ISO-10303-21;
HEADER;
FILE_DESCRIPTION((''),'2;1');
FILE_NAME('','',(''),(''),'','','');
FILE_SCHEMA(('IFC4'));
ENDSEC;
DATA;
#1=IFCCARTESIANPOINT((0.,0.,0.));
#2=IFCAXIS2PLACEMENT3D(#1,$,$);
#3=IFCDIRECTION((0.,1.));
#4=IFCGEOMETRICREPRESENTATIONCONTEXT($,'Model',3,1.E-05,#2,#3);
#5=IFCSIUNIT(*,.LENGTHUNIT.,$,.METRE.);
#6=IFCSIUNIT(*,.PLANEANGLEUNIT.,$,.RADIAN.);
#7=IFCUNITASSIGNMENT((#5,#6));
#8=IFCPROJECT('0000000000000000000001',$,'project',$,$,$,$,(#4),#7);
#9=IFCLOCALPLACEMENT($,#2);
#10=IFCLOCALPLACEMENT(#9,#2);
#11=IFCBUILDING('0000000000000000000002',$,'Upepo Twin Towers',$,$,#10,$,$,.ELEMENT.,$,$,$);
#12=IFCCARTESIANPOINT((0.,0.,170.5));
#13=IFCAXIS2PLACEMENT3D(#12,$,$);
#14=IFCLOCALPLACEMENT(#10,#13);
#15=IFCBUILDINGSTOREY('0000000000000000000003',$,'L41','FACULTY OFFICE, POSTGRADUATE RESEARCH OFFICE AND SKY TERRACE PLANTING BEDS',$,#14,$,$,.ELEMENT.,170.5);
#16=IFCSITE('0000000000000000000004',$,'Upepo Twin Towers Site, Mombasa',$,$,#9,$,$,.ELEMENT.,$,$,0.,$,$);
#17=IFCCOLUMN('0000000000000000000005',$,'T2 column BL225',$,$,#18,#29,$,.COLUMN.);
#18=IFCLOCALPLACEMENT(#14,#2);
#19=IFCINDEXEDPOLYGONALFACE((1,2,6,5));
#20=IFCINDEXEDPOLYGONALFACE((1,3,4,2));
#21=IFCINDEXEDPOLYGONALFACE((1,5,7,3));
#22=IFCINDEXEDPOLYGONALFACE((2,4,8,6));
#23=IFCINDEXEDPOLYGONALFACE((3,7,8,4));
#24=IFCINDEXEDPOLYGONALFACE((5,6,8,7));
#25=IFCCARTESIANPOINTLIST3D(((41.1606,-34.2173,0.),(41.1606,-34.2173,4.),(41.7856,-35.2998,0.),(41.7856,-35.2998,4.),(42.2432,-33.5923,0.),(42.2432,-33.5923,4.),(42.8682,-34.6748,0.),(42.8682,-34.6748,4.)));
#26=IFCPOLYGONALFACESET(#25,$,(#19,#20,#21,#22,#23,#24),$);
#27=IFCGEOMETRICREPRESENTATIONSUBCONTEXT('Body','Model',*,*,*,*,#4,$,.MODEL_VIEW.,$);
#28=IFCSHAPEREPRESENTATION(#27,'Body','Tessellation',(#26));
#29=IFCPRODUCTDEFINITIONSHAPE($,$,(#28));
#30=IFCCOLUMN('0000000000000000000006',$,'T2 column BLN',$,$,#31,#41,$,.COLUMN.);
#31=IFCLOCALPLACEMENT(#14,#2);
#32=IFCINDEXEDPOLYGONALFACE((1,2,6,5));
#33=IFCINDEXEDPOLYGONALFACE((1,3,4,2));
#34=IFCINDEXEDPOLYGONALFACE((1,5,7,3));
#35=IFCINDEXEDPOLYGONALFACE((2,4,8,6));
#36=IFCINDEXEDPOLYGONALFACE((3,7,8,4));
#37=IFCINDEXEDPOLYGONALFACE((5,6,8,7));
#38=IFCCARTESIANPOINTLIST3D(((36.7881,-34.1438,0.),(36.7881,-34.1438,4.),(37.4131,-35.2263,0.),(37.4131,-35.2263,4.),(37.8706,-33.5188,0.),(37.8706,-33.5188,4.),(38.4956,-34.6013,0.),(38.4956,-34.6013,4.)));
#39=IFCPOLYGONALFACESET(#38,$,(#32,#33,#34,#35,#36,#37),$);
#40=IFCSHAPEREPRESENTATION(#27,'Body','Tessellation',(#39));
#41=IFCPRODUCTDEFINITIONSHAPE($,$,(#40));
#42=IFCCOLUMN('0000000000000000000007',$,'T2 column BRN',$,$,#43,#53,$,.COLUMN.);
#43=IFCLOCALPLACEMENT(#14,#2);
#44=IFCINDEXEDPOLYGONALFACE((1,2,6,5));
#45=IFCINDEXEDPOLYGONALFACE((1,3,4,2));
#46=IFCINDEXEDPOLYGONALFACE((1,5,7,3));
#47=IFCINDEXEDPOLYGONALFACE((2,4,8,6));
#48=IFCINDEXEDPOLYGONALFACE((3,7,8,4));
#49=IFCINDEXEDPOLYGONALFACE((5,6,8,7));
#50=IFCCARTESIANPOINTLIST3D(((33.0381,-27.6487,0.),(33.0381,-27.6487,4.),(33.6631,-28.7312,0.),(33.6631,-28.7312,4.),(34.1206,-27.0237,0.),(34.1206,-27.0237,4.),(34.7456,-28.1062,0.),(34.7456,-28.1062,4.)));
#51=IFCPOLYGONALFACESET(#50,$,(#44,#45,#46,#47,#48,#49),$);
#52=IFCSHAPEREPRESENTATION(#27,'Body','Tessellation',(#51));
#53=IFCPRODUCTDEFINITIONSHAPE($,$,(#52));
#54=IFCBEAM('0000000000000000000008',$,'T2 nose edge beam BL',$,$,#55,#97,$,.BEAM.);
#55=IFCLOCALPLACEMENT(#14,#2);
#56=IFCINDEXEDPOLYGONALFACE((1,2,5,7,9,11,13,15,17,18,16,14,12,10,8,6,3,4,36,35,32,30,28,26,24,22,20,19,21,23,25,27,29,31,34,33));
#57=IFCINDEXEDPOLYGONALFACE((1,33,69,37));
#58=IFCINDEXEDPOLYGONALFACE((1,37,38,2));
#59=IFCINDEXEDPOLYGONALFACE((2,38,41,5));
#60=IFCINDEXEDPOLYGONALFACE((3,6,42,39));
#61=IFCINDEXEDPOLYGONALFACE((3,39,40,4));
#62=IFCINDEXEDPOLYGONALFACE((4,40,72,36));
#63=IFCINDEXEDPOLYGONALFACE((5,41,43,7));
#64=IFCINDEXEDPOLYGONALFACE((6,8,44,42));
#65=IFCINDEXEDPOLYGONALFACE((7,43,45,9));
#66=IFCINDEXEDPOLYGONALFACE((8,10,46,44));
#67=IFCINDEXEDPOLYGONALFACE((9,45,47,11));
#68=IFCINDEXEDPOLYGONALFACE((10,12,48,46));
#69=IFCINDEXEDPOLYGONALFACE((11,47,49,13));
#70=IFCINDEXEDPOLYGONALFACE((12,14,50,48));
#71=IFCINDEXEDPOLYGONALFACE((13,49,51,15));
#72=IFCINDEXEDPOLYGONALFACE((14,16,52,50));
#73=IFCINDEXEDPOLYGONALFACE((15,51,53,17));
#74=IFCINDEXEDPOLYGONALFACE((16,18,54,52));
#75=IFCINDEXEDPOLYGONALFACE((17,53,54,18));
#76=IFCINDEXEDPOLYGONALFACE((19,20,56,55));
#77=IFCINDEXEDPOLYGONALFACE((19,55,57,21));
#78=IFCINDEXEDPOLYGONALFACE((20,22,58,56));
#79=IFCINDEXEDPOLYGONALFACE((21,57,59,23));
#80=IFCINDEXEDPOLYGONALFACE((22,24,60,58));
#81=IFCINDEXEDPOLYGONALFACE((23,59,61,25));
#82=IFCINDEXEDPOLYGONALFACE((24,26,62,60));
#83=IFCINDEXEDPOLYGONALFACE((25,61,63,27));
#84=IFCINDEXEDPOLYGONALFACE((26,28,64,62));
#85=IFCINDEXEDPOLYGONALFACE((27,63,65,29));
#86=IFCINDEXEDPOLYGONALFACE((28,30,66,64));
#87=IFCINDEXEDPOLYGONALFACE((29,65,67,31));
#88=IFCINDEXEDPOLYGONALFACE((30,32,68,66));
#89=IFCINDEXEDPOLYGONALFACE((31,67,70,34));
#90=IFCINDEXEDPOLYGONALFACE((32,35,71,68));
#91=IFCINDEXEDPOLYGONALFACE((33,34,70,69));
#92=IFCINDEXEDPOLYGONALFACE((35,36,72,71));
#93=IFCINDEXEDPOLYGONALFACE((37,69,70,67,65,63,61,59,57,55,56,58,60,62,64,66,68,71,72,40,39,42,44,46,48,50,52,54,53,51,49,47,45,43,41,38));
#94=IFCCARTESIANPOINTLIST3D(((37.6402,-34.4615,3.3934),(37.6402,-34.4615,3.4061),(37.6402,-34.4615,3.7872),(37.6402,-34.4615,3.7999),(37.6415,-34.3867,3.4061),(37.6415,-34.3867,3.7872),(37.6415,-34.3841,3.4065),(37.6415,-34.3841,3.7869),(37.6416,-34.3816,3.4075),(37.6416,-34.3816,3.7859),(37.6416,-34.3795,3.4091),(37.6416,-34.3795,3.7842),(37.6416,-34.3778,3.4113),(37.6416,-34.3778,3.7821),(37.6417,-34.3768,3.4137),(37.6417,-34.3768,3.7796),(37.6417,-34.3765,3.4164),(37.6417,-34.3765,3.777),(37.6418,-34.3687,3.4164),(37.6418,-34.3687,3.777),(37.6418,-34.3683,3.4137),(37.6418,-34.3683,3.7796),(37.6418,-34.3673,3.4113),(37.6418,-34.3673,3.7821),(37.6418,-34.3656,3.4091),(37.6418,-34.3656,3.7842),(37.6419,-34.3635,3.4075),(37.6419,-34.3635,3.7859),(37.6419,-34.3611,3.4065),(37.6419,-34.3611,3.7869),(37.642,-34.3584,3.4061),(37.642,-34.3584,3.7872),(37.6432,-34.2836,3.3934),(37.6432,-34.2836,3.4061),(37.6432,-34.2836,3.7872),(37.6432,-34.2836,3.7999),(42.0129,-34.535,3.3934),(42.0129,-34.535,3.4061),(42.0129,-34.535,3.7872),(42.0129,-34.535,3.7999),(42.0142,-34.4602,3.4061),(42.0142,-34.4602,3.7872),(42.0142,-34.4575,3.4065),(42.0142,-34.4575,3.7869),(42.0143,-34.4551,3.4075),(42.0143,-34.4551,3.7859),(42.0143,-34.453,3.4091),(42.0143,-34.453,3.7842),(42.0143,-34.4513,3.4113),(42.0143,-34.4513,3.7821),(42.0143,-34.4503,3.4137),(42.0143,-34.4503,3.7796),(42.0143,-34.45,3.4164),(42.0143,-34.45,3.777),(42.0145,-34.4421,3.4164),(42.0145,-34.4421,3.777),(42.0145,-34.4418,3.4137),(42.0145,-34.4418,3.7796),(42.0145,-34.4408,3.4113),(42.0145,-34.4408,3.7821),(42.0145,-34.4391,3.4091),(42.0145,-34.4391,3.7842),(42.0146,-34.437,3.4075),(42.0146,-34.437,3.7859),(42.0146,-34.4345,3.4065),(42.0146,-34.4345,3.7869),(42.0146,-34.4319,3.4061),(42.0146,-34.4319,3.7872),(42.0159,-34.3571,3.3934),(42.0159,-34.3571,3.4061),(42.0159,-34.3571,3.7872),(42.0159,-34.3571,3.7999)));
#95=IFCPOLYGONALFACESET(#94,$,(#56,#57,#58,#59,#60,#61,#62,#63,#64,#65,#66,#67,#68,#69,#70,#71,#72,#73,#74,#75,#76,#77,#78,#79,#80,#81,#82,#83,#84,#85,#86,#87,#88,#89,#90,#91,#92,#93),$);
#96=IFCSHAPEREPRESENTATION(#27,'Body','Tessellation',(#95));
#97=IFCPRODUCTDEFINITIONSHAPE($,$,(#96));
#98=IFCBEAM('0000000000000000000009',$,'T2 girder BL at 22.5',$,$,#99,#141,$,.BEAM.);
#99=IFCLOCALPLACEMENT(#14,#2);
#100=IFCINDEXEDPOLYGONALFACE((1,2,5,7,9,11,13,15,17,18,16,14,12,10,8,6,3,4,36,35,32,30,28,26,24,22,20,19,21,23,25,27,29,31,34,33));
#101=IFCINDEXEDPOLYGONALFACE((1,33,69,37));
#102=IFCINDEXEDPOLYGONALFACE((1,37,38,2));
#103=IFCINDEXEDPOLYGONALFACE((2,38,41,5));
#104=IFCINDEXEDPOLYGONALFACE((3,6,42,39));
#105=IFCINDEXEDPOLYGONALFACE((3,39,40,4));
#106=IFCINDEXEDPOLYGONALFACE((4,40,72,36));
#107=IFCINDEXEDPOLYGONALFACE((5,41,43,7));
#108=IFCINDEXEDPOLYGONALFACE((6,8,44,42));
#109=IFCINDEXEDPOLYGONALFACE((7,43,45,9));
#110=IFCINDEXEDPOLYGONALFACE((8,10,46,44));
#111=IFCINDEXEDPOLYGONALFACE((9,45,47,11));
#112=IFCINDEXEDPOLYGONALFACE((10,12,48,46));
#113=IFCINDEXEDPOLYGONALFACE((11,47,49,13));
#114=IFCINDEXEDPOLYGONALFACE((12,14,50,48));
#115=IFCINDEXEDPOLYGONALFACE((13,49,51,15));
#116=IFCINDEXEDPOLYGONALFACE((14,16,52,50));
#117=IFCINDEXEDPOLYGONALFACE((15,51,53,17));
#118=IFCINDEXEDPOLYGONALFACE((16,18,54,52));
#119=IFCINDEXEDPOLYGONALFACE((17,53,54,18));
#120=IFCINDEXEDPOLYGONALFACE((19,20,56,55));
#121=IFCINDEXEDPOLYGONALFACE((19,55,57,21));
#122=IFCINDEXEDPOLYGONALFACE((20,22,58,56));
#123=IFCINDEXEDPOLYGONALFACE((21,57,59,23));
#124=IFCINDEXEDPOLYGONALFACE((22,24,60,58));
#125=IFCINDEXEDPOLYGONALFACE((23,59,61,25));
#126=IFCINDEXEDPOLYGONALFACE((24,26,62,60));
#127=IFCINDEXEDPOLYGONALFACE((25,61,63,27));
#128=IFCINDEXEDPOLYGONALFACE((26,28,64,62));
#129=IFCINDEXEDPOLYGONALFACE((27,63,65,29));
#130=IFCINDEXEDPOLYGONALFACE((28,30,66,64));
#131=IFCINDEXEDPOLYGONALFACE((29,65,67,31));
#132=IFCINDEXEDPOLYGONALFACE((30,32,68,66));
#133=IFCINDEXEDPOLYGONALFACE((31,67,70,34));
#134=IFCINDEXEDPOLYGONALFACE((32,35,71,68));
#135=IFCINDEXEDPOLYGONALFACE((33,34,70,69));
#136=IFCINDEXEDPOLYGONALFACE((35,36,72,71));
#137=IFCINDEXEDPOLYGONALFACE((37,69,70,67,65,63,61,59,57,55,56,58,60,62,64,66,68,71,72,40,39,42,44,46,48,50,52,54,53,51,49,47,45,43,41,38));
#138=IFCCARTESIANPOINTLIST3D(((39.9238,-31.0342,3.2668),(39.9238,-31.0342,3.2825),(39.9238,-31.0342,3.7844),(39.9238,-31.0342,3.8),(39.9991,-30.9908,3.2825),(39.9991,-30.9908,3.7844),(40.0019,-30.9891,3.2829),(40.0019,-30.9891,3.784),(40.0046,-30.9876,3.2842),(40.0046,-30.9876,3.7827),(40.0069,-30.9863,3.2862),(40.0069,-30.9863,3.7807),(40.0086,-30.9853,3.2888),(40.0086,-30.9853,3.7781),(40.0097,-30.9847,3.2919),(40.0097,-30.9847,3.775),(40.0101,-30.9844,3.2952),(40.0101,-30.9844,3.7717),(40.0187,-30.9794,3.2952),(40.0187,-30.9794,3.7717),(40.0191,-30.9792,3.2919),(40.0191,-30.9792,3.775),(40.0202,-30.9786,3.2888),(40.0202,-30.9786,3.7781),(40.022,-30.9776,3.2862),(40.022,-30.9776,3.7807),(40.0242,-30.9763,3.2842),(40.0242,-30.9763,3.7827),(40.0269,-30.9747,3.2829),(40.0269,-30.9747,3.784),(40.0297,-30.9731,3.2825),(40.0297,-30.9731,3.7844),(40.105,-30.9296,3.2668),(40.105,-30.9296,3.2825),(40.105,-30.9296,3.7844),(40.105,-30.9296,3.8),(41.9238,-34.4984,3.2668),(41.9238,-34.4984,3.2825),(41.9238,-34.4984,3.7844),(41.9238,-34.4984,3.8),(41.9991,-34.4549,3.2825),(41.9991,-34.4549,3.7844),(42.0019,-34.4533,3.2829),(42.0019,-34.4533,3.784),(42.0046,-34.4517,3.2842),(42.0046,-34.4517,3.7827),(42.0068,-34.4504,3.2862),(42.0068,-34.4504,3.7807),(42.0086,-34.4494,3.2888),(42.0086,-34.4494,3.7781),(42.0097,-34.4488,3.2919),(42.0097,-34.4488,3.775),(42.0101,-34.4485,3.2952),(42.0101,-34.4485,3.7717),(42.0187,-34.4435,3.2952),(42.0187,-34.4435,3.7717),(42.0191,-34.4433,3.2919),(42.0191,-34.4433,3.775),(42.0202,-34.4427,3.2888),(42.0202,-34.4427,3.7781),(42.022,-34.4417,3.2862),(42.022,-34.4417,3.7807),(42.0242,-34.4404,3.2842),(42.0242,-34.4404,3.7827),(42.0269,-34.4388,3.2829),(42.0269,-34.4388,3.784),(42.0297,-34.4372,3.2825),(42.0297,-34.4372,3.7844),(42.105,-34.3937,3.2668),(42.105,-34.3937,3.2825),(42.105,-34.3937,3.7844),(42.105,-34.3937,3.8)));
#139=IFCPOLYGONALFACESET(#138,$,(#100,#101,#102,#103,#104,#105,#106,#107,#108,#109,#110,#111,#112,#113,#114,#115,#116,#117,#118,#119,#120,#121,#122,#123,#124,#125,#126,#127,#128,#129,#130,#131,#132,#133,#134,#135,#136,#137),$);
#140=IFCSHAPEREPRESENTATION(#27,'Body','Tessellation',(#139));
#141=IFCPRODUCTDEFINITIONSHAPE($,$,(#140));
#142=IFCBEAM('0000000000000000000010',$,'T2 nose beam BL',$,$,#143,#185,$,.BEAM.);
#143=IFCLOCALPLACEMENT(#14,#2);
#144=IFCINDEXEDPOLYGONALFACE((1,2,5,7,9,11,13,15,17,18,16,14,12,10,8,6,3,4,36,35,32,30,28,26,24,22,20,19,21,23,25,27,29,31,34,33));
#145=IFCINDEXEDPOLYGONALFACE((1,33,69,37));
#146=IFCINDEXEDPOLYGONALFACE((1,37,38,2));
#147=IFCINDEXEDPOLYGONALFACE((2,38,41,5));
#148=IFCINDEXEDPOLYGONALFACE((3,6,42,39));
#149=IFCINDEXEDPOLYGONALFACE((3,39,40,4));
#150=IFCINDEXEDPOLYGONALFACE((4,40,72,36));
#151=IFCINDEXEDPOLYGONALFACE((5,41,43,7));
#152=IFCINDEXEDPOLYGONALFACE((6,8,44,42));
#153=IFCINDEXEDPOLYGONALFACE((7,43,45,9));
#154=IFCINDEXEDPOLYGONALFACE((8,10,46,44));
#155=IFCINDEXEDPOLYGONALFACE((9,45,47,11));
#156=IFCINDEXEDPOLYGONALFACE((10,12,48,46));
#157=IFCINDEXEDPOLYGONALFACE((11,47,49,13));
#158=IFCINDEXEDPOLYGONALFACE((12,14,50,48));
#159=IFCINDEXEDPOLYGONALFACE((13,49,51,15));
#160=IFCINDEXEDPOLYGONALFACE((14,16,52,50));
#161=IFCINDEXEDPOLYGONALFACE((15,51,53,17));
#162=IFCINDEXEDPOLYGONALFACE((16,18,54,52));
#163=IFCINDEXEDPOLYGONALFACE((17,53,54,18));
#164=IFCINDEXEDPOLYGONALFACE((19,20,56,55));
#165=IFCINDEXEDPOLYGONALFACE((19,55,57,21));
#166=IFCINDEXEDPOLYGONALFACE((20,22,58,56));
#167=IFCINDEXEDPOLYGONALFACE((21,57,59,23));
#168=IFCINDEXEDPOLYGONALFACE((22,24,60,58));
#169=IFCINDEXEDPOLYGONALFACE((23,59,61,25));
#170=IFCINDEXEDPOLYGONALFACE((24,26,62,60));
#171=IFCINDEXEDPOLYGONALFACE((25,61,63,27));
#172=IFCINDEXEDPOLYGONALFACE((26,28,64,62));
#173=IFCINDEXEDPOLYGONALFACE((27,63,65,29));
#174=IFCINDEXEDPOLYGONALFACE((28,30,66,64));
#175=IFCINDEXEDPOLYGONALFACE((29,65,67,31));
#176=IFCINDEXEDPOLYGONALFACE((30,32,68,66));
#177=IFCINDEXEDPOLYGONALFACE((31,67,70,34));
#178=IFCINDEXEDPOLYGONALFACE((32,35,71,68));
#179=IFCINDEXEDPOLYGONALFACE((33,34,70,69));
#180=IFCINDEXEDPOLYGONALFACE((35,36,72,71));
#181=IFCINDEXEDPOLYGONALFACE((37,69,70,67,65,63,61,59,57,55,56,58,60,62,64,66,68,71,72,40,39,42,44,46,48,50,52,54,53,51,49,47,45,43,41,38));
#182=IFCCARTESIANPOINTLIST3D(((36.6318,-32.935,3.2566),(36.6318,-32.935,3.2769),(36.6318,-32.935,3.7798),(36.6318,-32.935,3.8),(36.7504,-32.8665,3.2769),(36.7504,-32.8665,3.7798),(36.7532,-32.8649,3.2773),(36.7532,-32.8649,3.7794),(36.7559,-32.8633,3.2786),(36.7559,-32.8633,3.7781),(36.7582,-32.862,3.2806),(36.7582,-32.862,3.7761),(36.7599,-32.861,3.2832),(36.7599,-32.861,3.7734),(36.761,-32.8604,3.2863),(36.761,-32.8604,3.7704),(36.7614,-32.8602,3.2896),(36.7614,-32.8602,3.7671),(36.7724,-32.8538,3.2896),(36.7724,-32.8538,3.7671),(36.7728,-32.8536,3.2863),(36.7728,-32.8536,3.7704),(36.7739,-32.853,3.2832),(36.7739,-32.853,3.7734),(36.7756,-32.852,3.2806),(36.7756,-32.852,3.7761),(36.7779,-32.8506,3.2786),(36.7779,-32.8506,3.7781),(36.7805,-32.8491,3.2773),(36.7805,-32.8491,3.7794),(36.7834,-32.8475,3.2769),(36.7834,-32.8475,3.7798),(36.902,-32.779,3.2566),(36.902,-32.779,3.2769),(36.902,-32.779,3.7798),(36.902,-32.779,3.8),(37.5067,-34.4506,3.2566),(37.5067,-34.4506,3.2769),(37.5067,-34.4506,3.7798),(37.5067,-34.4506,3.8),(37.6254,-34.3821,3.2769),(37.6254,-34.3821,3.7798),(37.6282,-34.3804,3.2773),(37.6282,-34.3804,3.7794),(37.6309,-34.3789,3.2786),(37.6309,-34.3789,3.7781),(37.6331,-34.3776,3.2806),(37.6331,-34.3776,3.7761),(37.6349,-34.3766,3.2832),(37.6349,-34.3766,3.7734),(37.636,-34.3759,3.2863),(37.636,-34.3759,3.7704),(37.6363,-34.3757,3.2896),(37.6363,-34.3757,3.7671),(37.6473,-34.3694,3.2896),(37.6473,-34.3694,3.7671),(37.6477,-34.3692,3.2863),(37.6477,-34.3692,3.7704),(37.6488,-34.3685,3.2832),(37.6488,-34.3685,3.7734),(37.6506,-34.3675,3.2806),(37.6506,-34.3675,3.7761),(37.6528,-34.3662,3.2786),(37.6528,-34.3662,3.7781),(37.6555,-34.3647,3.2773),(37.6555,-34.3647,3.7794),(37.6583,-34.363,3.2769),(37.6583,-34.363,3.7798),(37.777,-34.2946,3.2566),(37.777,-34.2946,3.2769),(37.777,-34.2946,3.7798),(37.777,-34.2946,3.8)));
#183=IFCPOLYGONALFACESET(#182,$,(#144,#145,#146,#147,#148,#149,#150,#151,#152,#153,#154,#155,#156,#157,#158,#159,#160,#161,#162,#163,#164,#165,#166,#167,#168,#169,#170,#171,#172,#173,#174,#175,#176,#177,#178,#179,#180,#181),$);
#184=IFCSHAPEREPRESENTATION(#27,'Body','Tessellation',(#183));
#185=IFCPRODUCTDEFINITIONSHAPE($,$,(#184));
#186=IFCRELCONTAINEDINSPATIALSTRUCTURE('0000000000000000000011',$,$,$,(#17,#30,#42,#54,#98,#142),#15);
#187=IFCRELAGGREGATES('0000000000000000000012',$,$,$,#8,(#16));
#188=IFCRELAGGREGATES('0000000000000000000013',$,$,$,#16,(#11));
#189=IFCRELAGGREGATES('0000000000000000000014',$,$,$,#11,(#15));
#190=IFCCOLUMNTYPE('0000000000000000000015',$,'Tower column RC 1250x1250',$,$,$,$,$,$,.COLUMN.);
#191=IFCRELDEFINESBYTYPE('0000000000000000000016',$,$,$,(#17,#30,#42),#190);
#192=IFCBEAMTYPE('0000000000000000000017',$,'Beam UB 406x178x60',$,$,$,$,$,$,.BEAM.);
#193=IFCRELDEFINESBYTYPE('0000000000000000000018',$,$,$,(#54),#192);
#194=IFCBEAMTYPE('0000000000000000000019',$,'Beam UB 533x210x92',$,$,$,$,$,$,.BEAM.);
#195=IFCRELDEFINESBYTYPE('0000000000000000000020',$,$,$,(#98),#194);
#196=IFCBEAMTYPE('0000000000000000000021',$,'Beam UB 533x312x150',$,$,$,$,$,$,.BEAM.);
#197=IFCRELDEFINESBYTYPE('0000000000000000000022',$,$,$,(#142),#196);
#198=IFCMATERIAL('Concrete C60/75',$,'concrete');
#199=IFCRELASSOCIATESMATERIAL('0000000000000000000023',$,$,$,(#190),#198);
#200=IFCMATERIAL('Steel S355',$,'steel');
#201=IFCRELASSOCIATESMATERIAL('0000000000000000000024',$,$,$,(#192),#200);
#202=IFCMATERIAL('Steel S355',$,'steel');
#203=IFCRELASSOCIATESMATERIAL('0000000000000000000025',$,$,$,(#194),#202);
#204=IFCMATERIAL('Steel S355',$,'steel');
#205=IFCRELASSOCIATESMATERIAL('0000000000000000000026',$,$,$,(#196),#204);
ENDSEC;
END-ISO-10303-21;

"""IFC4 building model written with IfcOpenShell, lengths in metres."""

from ifc_helpers import new_model, si_unit, direction, frame, origin, origin_2d, place, context, subcontext, project, spatial, rectangle, i_section, extrude, material, material_profile, profile_set, type_object, element, save


model = new_model("IFC4")

# Units and contexts
model_context = context("Model", 3, precision=1e-05, world=origin(), true_north=direction((0.0, 1.0)))
body_context = subcontext(model_context, "Body", "Model", "MODEL_VIEW")
ifc_project = project(units=[si_unit("LENGTHUNIT", "METRE"), si_unit("PLANEANGLEUNIT", "RADIAN")], contexts=[model_context])

# Site, building, storey
site_placement = place(None, origin())
site = spatial("IfcSite", under=ifc_project, at=site_placement, Name="Upepo Twin Towers Site, Mombasa", CompositionType="ELEMENT", RefElevation=0.0)
building_placement = place(site_placement, origin())
building = spatial("IfcBuilding", under=site, at=building_placement, Name="Upepo Twin Towers", CompositionType="ELEMENT")
storey_placement = place(building_placement, frame((0.0, 0.0, 170.5)))
storey = spatial("IfcBuildingStorey", under=building, at=storey_placement, Name="L41", Description="FACULTY OFFICE, POSTGRADUATE RESEARCH OFFICE AND SKY TERRACE PLANTING BEDS", CompositionType="ELEMENT", Elevation=170.5)

# Columns
ifc_material_1 = material(Name="Concrete C60/75", Category="concrete")
ifc_material_profile_1 = material_profile(ifc_material_1, rectangle(XDim=1.25, YDim=1.25, at=origin_2d()), Name="RC 1250x1250")
ifc_profile_set_1 = profile_set([ifc_material_profile_1], Name="Concrete C60/75")
column_type = type_object("IfcColumnType", Name="Tower column RC 1250x1250", PredefinedType="COLUMN", material=ifc_profile_set_1)
for number, where, z_axis, x_axis, name in (
    (1, (42.0144, -34.446, 0.0), (0.0, 0.0, 1.0), (0.866025, 0.5, 0.0), "T2 column BL225"),
    (2, (37.6418, -34.3726, 0.0), (0.0, 0.0, 1.0), (0.866025, 0.5, 0.0), "T2 column BLN"),
    (3, (33.8918, -27.8774, 0.0), (0.0, 0.0, 1.0), (0.866025, 0.5, 0.0), "T2 column BRN"),
):
    element("IfcColumn", number, at=place(storey_placement, frame(where, z_axis=z_axis, x_axis=x_axis)), inside=storey, type_object=column_type, Name=name, PredefinedType="COLUMN", context=body_context, shape_type="SweptSolid", body=[
        extrude(rectangle(XDim=1.25, YDim=1.25, at=origin_2d()), origin(), (0.0, 0.0, 1.0), 4.0),
    ])

# Beams
ifc_material_2 = material(Name="Steel S355", Category="steel")
ifc_material_profile_2 = material_profile(ifc_material_2, i_section(OverallWidth=0.178, OverallDepth=0.4065, WebThickness=0.0078, FlangeThickness=0.0127, FilletRadius=0.0103, at=origin_2d()), Name="UB 406x178x60")
ifc_profile_set_2 = profile_set([ifc_material_profile_2], Name="Steel S355")
beam_type_1 = type_object("IfcBeamType", Name="Beam UB 406x178x60", PredefinedType="BEAM", material=ifc_profile_set_2)
beam_1_placement = place(storey_placement, frame((42.0144, -34.446, 3.5967), z_axis=(-0.999859, 0.016804, 0.0), x_axis=(-0.016804, -0.999859, 0.0)))
element("IfcBeam", 4, at=beam_1_placement, inside=storey, type_object=beam_type_1, Name="T2 nose edge beam BL", PredefinedType="BEAM", context=body_context, shape_type="SweptSolid", body=[
    extrude(i_section(OverallWidth=0.178, OverallDepth=0.4065, WebThickness=0.0078, FlangeThickness=0.0127, FilletRadius=0.0103, at=origin_2d()), origin(), (0.0, 0.0, 1.0), 4.3733),
])
ifc_material_3 = material(Name="Steel S355", Category="steel")
ifc_material_profile_3 = material_profile(ifc_material_3, i_section(OverallWidth=0.2092, OverallDepth=0.5332, WebThickness=0.01, FlangeThickness=0.0156, FilletRadius=0.0127, at=origin_2d()), Name="UB 533x210x92")
ifc_profile_set_3 = profile_set([ifc_material_profile_3], Name="Steel S355")
beam_type_2 = type_object("IfcBeamType", Name="Beam UB 533x210x92", PredefinedType="BEAM", material=ifc_profile_set_3)
beam_2_placement = place(storey_placement, frame((42.0144, -34.446, 3.5334), z_axis=(-0.499999, 0.866026, 0.0), x_axis=(-0.866026, -0.499999, 0.0)))
element("IfcBeam", 5, at=beam_2_placement, inside=storey, type_object=beam_type_2, Name="T2 girder BL at 22.5", PredefinedType="BEAM", context=body_context, shape_type="SweptSolid", body=[
    extrude(i_section(OverallWidth=0.2092, OverallDepth=0.5332, WebThickness=0.01, FlangeThickness=0.0156, FilletRadius=0.0127, at=origin_2d()), origin(), (0.0, 0.0, 1.0), 4.0),
])
ifc_material_4 = material(Name="Steel S355", Category="steel")
ifc_material_profile_4 = material_profile(ifc_material_4, i_section(OverallWidth=0.312, OverallDepth=0.5435, WebThickness=0.0127, FlangeThickness=0.0203, FilletRadius=0.0127, at=origin_2d()), Name="UB 533x312x150")
ifc_profile_set_4 = profile_set([ifc_material_profile_4], Name="Steel S355")
beam_type_3 = type_object("IfcBeamType", Name="Beam UB 533x312x150", PredefinedType="BEAM", material=ifc_profile_set_4)
beam_3_placement = place(storey_placement, frame((37.6418, -34.3726, 3.5283), z_axis=(-0.49998, 0.866037, 0.0), x_axis=(-0.866037, -0.49998, 0.0)))
element("IfcBeam", 6, at=beam_3_placement, inside=storey, type_object=beam_type_3, Name="T2 nose beam BL", PredefinedType="BEAM", context=body_context, shape_type="SweptSolid", body=[
    extrude(i_section(OverallWidth=0.312, OverallDepth=0.5435, WebThickness=0.0127, FlangeThickness=0.0203, FilletRadius=0.0127, at=origin_2d()), origin(), (0.0, 0.0, 1.0), 1.75),
])

save(model, "model.ifc")
